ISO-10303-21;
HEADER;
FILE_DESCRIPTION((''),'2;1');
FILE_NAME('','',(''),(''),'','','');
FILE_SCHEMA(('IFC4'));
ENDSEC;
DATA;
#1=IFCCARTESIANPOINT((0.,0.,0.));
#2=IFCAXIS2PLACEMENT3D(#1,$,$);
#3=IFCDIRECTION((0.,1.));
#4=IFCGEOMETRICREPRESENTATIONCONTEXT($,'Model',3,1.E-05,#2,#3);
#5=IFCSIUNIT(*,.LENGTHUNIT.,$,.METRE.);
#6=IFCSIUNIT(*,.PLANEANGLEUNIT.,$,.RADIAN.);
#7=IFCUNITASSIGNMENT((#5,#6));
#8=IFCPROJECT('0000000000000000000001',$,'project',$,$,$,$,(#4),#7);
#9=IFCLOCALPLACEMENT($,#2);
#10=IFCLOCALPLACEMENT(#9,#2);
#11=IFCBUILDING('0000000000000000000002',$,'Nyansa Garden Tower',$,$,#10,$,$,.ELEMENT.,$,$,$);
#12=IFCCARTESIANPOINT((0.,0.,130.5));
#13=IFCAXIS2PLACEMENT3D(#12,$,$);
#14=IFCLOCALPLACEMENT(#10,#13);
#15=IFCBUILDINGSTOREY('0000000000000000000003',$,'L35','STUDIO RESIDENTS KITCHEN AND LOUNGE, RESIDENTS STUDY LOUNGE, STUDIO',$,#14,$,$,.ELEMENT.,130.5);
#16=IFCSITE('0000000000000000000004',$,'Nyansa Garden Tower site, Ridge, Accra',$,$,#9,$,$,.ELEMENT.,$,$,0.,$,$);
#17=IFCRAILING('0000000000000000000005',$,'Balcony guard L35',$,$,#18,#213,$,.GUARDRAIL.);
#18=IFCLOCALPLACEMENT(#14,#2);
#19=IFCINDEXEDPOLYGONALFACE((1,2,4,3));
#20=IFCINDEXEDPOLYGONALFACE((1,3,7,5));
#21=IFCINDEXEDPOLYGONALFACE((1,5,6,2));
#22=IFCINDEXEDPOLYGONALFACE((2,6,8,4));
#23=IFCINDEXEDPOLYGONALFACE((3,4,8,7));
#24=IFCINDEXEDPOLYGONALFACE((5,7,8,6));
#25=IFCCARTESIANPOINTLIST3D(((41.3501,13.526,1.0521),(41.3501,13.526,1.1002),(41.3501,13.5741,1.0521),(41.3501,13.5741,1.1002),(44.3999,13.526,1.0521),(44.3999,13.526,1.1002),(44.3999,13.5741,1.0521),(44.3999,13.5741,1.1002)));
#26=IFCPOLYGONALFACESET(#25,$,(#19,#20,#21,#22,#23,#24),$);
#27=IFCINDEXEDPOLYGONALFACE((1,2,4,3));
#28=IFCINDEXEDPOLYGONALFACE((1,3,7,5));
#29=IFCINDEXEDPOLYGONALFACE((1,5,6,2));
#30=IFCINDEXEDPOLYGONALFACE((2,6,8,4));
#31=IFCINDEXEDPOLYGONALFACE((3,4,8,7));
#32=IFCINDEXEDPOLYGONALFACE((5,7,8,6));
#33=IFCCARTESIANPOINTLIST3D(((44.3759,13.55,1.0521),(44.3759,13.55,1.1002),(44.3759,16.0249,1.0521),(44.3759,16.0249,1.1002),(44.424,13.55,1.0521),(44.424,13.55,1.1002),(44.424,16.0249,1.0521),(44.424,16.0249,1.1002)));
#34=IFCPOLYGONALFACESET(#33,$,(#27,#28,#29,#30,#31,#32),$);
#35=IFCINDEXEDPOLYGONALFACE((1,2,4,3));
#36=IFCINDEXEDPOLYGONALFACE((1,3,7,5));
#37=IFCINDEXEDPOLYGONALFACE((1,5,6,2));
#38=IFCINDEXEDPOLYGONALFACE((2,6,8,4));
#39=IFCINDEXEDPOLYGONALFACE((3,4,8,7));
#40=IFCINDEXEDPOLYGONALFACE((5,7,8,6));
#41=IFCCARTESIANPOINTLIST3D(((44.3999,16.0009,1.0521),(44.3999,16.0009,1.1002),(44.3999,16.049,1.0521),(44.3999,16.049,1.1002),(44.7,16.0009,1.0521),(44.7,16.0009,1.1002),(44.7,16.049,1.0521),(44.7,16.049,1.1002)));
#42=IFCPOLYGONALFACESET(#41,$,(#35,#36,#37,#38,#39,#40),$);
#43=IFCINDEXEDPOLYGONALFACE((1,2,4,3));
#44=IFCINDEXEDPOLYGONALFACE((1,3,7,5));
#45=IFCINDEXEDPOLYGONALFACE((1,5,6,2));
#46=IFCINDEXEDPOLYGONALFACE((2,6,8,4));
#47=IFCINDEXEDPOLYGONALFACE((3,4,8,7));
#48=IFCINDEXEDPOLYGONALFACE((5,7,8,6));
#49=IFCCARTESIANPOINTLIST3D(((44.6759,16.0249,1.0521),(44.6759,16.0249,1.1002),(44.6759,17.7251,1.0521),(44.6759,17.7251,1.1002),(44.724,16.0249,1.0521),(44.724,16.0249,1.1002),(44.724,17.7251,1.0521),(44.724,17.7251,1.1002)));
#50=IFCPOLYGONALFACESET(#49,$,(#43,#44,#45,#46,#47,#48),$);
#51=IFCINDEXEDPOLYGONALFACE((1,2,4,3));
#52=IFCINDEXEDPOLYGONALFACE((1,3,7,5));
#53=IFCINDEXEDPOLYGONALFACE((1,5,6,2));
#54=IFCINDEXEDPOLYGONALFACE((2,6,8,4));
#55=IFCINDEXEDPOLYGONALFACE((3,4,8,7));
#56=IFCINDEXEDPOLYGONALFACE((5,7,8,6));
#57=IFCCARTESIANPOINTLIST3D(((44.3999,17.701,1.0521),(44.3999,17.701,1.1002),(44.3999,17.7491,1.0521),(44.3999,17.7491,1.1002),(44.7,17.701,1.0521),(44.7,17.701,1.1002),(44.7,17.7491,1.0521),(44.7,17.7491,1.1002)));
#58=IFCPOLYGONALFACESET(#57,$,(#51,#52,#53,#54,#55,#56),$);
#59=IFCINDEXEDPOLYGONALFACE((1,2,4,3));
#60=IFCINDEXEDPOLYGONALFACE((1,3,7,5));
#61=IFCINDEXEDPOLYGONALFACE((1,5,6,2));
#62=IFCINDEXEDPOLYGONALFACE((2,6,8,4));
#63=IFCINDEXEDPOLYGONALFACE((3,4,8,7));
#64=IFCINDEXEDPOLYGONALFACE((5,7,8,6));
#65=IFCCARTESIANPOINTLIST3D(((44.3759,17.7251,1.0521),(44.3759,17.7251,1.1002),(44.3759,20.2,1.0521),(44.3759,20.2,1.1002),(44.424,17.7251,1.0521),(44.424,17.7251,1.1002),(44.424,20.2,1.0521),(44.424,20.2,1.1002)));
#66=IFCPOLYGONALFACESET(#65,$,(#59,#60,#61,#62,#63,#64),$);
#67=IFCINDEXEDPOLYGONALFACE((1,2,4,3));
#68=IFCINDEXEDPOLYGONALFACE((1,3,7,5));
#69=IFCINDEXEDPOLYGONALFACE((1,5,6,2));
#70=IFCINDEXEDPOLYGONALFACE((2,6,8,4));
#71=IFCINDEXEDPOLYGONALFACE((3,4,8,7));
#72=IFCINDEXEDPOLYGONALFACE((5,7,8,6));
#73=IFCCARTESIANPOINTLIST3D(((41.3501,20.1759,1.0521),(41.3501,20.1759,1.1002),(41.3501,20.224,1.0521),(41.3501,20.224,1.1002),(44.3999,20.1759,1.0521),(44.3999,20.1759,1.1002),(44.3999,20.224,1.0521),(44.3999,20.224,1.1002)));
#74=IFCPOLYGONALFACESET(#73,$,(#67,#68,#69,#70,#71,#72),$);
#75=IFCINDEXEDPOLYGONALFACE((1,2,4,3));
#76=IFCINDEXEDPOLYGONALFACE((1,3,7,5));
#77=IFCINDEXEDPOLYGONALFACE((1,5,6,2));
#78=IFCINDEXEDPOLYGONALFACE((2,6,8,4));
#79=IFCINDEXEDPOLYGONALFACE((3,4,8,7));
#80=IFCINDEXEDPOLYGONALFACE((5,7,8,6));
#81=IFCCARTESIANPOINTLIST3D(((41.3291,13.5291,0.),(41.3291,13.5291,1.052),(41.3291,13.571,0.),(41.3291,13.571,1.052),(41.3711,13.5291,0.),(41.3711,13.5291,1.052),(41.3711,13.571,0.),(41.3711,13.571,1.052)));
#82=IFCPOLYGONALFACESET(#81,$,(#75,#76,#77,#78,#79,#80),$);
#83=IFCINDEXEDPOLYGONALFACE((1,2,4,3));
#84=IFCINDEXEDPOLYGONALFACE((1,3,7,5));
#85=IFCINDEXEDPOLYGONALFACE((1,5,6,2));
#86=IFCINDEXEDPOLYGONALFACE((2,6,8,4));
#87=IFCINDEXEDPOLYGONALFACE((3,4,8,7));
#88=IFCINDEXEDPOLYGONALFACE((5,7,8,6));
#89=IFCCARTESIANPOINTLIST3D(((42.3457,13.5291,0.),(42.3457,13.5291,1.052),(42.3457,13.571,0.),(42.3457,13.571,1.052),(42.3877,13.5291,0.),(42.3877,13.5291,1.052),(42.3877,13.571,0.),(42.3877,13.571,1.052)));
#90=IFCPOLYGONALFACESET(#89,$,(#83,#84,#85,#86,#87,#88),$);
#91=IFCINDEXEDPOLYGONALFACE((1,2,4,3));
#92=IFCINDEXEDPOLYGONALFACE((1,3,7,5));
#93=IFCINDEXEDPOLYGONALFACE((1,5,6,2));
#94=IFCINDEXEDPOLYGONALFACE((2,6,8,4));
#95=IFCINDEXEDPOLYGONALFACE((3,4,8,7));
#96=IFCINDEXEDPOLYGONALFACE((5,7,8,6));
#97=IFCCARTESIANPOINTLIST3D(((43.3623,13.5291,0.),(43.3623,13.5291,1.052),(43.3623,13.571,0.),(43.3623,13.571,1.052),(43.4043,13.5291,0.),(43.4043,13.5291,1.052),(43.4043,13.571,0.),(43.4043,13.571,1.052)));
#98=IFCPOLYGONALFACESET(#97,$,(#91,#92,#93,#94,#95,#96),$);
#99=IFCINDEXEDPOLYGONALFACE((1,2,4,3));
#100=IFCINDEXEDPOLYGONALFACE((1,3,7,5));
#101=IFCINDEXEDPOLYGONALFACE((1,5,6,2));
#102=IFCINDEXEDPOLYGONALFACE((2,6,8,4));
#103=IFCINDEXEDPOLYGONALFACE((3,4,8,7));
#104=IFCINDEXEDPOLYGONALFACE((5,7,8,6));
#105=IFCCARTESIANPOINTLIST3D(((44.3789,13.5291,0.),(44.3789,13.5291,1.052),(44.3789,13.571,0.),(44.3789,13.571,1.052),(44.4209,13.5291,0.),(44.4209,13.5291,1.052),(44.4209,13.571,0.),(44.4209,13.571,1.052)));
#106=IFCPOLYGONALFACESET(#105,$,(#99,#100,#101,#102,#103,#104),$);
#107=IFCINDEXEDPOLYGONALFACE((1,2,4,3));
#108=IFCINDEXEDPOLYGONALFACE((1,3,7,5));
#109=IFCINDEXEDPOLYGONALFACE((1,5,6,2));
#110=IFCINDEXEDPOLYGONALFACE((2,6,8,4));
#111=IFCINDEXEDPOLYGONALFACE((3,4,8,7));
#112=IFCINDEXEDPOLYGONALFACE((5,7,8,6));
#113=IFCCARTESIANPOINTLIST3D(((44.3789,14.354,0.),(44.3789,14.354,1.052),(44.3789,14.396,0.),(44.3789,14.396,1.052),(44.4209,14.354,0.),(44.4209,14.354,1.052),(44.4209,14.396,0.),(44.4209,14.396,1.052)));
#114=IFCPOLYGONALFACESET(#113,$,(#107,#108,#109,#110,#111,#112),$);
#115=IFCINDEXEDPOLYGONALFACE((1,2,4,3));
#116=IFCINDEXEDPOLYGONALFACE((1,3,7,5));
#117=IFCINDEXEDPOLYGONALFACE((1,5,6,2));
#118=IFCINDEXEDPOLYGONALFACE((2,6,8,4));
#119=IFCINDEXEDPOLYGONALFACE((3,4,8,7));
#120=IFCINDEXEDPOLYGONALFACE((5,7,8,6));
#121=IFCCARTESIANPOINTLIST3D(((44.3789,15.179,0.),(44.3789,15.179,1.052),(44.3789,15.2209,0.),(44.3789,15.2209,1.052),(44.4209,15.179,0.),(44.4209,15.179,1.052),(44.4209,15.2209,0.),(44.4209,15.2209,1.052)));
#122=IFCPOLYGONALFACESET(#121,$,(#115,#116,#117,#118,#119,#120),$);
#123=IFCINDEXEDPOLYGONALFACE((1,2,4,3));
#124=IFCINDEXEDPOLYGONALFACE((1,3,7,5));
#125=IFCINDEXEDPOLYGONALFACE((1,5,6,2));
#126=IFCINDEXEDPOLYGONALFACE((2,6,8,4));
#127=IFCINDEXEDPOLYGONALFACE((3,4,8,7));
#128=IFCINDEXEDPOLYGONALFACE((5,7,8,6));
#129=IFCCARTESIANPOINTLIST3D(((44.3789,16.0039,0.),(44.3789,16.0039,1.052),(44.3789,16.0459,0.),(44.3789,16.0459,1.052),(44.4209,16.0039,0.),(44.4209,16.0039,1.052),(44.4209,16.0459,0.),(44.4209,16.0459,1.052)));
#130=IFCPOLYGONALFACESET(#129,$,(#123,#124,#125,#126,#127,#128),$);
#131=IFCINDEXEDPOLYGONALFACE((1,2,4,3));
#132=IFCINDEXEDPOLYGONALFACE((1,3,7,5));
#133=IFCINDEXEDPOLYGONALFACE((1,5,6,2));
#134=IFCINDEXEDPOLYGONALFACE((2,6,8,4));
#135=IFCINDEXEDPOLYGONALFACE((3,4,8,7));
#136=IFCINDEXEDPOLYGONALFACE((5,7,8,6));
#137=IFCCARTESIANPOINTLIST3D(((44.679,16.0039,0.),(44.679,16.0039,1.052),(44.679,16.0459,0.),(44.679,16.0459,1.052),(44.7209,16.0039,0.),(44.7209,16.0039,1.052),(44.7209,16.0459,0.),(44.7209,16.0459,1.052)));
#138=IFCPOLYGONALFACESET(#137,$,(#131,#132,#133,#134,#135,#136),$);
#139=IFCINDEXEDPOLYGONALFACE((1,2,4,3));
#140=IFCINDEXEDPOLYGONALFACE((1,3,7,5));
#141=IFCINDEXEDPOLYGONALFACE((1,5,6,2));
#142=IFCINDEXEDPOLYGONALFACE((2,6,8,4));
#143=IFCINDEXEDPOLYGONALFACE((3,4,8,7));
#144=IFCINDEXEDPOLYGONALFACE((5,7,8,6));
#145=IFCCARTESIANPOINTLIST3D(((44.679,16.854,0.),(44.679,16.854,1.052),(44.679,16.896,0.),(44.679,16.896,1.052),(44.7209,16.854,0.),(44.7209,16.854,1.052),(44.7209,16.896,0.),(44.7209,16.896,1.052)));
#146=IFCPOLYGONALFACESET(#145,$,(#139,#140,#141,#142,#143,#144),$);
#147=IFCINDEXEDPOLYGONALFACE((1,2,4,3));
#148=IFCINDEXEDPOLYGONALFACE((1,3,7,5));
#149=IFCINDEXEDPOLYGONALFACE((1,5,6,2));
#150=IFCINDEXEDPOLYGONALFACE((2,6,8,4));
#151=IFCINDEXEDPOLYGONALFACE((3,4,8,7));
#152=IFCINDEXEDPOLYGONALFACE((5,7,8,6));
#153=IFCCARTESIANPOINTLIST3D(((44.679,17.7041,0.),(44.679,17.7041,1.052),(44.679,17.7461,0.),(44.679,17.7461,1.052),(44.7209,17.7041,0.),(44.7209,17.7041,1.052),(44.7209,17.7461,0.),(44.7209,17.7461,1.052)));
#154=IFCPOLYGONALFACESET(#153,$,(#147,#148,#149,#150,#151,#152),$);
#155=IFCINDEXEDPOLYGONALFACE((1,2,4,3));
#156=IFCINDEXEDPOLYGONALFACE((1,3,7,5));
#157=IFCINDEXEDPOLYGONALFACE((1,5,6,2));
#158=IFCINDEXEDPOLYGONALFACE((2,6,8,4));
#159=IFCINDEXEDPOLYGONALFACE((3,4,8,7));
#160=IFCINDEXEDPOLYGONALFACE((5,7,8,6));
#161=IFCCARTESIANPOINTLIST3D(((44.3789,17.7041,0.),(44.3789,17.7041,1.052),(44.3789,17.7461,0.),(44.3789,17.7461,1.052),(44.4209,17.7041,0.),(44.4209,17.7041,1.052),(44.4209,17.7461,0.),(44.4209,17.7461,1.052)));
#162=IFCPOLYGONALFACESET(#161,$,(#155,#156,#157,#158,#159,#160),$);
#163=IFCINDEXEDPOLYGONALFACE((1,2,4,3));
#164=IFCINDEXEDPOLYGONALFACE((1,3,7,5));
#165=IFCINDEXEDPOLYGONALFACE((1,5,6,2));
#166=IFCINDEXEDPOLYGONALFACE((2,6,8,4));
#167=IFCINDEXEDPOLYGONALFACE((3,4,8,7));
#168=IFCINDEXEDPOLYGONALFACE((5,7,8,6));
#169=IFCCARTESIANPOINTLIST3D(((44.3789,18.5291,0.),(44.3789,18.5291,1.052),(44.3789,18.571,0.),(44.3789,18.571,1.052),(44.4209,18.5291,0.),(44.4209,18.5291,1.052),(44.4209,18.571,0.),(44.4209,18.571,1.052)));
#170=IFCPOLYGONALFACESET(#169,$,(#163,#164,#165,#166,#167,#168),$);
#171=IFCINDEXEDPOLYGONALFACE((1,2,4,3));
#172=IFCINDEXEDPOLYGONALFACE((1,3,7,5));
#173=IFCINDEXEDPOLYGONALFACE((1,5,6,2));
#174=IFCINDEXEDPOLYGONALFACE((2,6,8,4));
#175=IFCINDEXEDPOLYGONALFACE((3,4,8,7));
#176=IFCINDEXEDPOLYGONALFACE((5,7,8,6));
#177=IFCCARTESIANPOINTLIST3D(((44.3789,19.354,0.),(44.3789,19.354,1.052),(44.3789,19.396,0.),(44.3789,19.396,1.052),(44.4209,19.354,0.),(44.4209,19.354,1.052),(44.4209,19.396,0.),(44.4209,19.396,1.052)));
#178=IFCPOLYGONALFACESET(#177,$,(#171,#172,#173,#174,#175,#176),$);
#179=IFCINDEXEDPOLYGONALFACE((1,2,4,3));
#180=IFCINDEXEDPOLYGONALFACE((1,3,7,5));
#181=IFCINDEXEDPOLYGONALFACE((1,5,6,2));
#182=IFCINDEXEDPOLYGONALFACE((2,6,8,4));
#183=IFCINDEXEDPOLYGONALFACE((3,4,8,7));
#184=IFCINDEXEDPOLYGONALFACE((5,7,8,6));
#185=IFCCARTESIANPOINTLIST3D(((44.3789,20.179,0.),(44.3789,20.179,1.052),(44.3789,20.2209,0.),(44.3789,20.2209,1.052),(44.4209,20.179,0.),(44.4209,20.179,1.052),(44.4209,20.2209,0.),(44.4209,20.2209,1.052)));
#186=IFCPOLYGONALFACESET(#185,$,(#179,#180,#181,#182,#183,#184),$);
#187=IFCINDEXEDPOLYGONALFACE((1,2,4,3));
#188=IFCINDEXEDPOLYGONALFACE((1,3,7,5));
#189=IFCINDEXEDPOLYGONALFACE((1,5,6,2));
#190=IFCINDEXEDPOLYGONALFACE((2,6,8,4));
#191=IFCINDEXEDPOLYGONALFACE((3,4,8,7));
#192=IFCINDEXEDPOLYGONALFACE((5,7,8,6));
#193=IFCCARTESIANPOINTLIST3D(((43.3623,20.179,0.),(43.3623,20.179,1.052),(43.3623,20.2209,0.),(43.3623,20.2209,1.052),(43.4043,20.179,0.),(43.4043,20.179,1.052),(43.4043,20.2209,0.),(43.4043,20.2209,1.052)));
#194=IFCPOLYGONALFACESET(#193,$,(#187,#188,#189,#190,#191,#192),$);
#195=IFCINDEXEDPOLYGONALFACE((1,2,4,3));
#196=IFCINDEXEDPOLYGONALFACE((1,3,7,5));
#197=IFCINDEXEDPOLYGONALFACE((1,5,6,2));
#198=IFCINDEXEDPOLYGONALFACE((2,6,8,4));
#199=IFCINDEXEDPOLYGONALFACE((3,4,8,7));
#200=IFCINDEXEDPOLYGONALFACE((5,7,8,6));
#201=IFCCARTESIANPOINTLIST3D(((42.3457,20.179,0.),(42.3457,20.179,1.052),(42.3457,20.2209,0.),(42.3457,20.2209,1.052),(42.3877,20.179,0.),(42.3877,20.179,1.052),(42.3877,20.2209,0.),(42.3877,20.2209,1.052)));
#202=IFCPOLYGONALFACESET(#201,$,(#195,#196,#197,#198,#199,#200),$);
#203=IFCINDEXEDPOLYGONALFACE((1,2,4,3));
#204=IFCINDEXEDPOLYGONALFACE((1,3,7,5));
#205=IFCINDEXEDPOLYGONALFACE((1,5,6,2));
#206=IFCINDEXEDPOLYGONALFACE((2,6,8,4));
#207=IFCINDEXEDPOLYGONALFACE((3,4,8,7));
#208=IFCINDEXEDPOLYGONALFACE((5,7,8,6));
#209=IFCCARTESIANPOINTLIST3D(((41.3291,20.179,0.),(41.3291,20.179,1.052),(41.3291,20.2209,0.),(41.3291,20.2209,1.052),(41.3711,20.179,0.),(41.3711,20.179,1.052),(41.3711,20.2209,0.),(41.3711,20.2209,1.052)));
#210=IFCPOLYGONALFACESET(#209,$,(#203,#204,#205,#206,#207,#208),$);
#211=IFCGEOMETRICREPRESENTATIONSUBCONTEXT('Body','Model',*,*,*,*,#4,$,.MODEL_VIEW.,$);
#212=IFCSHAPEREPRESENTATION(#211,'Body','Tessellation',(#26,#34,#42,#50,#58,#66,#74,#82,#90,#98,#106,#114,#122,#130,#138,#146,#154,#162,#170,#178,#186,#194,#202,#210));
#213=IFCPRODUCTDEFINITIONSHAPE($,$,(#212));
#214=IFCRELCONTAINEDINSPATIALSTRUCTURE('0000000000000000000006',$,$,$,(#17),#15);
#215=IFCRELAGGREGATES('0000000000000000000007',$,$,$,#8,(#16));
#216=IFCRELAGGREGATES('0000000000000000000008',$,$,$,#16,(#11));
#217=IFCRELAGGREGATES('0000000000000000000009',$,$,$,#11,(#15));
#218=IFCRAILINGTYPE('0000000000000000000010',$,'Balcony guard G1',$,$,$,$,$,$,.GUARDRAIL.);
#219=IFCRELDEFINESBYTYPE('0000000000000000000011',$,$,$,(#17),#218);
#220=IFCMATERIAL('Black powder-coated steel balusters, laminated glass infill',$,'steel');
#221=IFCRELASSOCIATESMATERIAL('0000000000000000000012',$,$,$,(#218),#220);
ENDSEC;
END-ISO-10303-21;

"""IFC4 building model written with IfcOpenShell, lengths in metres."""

from ifc_helpers import new_model, si_unit, direction, frame, origin, origin_2d, place, context, subcontext, project, spatial, rectangle, extrude, material, type_object, element, save


model = new_model("IFC4")

# Units and contexts
model_context = context("Model", 3, precision=1e-05, world=origin(), true_north=direction((0.0, 1.0)))
body_context = subcontext(model_context, "Body", "Model", "MODEL_VIEW")
ifc_project = project(units=[si_unit("LENGTHUNIT", "METRE"), si_unit("PLANEANGLEUNIT", "RADIAN")], contexts=[model_context])

# Site, building, storey
site_placement = place(None, origin())
site = spatial("IfcSite", under=ifc_project, at=site_placement, Name="Nyansa Garden Tower site, Ridge, Accra", CompositionType="ELEMENT", RefElevation=0.0)
building_placement = place(site_placement, origin())
building = spatial("IfcBuilding", under=site, at=building_placement, Name="Nyansa Garden Tower", CompositionType="ELEMENT")
storey_placement = place(building_placement, frame((0.0, 0.0, 130.5)))
storey = spatial("IfcBuildingStorey", under=building, at=storey_placement, Name="L35", Description="STUDIO RESIDENTS KITCHEN AND LOUNGE, RESIDENTS STUDY LOUNGE, STUDIO", CompositionType="ELEMENT", Elevation=130.5)

# Railing
ifc_material_1 = material(Name="Black powder-coated steel balusters, laminated glass infill", Category="steel")
railing_type = type_object("IfcRailingType", Name="Balcony guard G1", PredefinedType="GUARDRAIL", material=ifc_material_1)
railing_placement = place(storey_placement, frame((41.3501, 13.55, 0.0)))
element("IfcRailing", 1, at=railing_placement, inside=storey, type_object=railing_type, Name="Balcony guard L35", PredefinedType="GUARDRAIL", context=body_context, shape_type="SweptSolid", body=[
    extrude(rectangle(XDim=0.0481, YDim=0.0481, at=origin_2d()), frame((0.0, 0.0, 1.0762), z_axis=(1.0, 0.0, 0.0), x_axis=(0.0, 1.0, 0.0)), (0.0, 0.0, 1.0), 3.0498),
    extrude(rectangle(XDim=0.0481, YDim=0.0481, at=origin_2d()), frame((3.0498, 0.0, 1.0762), z_axis=(0.0, 1.0, 0.0), x_axis=(-1.0, 0.0, 0.0)), (0.0, 0.0, 1.0), 2.4749),
    extrude(rectangle(XDim=0.0481, YDim=0.0481, at=origin_2d()), frame((3.0498, 2.4749, 1.0762), z_axis=(1.0, 0.0, 0.0), x_axis=(0.0, 1.0, 0.0)), (0.0, 0.0, 1.0), 0.3),
    extrude(rectangle(XDim=0.0481, YDim=0.0481, at=origin_2d()), frame((3.3499, 2.4749, 1.0762), z_axis=(0.0, 1.0, 0.0), x_axis=(-1.0, 0.0, 0.0)), (0.0, 0.0, 1.0), 1.7002),
    extrude(rectangle(XDim=0.0481, YDim=0.0481, at=origin_2d()), frame((3.3499, 4.175, 1.0762), z_axis=(-1.0, 0.0, 0.0), x_axis=(0.0, -1.0, 0.0)), (0.0, 0.0, 1.0), 0.3),
    extrude(rectangle(XDim=0.0481, YDim=0.0481, at=origin_2d()), frame((3.0498, 4.175, 1.0762), z_axis=(0.0, 1.0, 0.0), x_axis=(-1.0, 0.0, 0.0)), (0.0, 0.0, 1.0), 2.4749),
    extrude(rectangle(XDim=0.0481, YDim=0.0481, at=origin_2d()), frame((3.0498, 6.6499, 1.0762), z_axis=(-1.0, 0.0, 0.0), x_axis=(0.0, -1.0, 0.0)), (0.0, 0.0, 1.0), 3.0498),
    extrude(rectangle(XDim=0.042, YDim=0.042, at=origin_2d()), origin(), (0.0, 0.0, 1.0), 1.052),
    extrude(rectangle(XDim=0.042, YDim=0.042, at=origin_2d()), frame((1.0166, 0.0, 0.0)), (0.0, 0.0, 1.0), 1.052),
    extrude(rectangle(XDim=0.042, YDim=0.042, at=origin_2d()), frame((2.0332, 0.0, 0.0)), (0.0, 0.0, 1.0), 1.052),
    extrude(rectangle(XDim=0.042, YDim=0.042, at=origin_2d()), frame((3.0498, 0.0, 0.0)), (0.0, 0.0, 1.0), 1.052),
    extrude(rectangle(XDim=0.042, YDim=0.042, at=origin_2d()), frame((3.0498, 0.825, 0.0)), (0.0, 0.0, 1.0), 1.052),
    extrude(rectangle(XDim=0.042, YDim=0.042, at=origin_2d()), frame((3.0498, 1.6499, 0.0)), (0.0, 0.0, 1.0), 1.052),
    extrude(rectangle(XDim=0.042, YDim=0.042, at=origin_2d()), frame((3.0498, 2.4749, 0.0)), (0.0, 0.0, 1.0), 1.052),
    extrude(rectangle(XDim=0.042, YDim=0.042, at=origin_2d()), frame((3.3499, 2.4749, 0.0)), (0.0, 0.0, 1.0), 1.052),
    extrude(rectangle(XDim=0.042, YDim=0.042, at=origin_2d()), frame((3.3499, 3.325, 0.0)), (0.0, 0.0, 1.0), 1.052),
    extrude(rectangle(XDim=0.042, YDim=0.042, at=origin_2d()), frame((3.3499, 4.175, 0.0)), (0.0, 0.0, 1.0), 1.052),
    extrude(rectangle(XDim=0.042, YDim=0.042, at=origin_2d()), frame((3.0498, 4.175, 0.0)), (0.0, 0.0, 1.0), 1.052),
    extrude(rectangle(XDim=0.042, YDim=0.042, at=origin_2d()), frame((3.0498, 5.0, 0.0)), (0.0, 0.0, 1.0), 1.052),
    extrude(rectangle(XDim=0.042, YDim=0.042, at=origin_2d()), frame((3.0498, 5.825, 0.0)), (0.0, 0.0, 1.0), 1.052),
    extrude(rectangle(XDim=0.042, YDim=0.042, at=origin_2d()), frame((3.0498, 6.6499, 0.0)), (0.0, 0.0, 1.0), 1.052),
    extrude(rectangle(XDim=0.042, YDim=0.042, at=origin_2d()), frame((2.0332, 6.6499, 0.0)), (0.0, 0.0, 1.0), 1.052),
    extrude(rectangle(XDim=0.042, YDim=0.042, at=origin_2d()), frame((1.0166, 6.6499, 0.0)), (0.0, 0.0, 1.0), 1.052),
    extrude(rectangle(XDim=0.042, YDim=0.042, at=origin_2d()), frame((0.0, 6.6499, 0.0)), (0.0, 0.0, 1.0), 1.052),
])

save(model, "model.ifc")
